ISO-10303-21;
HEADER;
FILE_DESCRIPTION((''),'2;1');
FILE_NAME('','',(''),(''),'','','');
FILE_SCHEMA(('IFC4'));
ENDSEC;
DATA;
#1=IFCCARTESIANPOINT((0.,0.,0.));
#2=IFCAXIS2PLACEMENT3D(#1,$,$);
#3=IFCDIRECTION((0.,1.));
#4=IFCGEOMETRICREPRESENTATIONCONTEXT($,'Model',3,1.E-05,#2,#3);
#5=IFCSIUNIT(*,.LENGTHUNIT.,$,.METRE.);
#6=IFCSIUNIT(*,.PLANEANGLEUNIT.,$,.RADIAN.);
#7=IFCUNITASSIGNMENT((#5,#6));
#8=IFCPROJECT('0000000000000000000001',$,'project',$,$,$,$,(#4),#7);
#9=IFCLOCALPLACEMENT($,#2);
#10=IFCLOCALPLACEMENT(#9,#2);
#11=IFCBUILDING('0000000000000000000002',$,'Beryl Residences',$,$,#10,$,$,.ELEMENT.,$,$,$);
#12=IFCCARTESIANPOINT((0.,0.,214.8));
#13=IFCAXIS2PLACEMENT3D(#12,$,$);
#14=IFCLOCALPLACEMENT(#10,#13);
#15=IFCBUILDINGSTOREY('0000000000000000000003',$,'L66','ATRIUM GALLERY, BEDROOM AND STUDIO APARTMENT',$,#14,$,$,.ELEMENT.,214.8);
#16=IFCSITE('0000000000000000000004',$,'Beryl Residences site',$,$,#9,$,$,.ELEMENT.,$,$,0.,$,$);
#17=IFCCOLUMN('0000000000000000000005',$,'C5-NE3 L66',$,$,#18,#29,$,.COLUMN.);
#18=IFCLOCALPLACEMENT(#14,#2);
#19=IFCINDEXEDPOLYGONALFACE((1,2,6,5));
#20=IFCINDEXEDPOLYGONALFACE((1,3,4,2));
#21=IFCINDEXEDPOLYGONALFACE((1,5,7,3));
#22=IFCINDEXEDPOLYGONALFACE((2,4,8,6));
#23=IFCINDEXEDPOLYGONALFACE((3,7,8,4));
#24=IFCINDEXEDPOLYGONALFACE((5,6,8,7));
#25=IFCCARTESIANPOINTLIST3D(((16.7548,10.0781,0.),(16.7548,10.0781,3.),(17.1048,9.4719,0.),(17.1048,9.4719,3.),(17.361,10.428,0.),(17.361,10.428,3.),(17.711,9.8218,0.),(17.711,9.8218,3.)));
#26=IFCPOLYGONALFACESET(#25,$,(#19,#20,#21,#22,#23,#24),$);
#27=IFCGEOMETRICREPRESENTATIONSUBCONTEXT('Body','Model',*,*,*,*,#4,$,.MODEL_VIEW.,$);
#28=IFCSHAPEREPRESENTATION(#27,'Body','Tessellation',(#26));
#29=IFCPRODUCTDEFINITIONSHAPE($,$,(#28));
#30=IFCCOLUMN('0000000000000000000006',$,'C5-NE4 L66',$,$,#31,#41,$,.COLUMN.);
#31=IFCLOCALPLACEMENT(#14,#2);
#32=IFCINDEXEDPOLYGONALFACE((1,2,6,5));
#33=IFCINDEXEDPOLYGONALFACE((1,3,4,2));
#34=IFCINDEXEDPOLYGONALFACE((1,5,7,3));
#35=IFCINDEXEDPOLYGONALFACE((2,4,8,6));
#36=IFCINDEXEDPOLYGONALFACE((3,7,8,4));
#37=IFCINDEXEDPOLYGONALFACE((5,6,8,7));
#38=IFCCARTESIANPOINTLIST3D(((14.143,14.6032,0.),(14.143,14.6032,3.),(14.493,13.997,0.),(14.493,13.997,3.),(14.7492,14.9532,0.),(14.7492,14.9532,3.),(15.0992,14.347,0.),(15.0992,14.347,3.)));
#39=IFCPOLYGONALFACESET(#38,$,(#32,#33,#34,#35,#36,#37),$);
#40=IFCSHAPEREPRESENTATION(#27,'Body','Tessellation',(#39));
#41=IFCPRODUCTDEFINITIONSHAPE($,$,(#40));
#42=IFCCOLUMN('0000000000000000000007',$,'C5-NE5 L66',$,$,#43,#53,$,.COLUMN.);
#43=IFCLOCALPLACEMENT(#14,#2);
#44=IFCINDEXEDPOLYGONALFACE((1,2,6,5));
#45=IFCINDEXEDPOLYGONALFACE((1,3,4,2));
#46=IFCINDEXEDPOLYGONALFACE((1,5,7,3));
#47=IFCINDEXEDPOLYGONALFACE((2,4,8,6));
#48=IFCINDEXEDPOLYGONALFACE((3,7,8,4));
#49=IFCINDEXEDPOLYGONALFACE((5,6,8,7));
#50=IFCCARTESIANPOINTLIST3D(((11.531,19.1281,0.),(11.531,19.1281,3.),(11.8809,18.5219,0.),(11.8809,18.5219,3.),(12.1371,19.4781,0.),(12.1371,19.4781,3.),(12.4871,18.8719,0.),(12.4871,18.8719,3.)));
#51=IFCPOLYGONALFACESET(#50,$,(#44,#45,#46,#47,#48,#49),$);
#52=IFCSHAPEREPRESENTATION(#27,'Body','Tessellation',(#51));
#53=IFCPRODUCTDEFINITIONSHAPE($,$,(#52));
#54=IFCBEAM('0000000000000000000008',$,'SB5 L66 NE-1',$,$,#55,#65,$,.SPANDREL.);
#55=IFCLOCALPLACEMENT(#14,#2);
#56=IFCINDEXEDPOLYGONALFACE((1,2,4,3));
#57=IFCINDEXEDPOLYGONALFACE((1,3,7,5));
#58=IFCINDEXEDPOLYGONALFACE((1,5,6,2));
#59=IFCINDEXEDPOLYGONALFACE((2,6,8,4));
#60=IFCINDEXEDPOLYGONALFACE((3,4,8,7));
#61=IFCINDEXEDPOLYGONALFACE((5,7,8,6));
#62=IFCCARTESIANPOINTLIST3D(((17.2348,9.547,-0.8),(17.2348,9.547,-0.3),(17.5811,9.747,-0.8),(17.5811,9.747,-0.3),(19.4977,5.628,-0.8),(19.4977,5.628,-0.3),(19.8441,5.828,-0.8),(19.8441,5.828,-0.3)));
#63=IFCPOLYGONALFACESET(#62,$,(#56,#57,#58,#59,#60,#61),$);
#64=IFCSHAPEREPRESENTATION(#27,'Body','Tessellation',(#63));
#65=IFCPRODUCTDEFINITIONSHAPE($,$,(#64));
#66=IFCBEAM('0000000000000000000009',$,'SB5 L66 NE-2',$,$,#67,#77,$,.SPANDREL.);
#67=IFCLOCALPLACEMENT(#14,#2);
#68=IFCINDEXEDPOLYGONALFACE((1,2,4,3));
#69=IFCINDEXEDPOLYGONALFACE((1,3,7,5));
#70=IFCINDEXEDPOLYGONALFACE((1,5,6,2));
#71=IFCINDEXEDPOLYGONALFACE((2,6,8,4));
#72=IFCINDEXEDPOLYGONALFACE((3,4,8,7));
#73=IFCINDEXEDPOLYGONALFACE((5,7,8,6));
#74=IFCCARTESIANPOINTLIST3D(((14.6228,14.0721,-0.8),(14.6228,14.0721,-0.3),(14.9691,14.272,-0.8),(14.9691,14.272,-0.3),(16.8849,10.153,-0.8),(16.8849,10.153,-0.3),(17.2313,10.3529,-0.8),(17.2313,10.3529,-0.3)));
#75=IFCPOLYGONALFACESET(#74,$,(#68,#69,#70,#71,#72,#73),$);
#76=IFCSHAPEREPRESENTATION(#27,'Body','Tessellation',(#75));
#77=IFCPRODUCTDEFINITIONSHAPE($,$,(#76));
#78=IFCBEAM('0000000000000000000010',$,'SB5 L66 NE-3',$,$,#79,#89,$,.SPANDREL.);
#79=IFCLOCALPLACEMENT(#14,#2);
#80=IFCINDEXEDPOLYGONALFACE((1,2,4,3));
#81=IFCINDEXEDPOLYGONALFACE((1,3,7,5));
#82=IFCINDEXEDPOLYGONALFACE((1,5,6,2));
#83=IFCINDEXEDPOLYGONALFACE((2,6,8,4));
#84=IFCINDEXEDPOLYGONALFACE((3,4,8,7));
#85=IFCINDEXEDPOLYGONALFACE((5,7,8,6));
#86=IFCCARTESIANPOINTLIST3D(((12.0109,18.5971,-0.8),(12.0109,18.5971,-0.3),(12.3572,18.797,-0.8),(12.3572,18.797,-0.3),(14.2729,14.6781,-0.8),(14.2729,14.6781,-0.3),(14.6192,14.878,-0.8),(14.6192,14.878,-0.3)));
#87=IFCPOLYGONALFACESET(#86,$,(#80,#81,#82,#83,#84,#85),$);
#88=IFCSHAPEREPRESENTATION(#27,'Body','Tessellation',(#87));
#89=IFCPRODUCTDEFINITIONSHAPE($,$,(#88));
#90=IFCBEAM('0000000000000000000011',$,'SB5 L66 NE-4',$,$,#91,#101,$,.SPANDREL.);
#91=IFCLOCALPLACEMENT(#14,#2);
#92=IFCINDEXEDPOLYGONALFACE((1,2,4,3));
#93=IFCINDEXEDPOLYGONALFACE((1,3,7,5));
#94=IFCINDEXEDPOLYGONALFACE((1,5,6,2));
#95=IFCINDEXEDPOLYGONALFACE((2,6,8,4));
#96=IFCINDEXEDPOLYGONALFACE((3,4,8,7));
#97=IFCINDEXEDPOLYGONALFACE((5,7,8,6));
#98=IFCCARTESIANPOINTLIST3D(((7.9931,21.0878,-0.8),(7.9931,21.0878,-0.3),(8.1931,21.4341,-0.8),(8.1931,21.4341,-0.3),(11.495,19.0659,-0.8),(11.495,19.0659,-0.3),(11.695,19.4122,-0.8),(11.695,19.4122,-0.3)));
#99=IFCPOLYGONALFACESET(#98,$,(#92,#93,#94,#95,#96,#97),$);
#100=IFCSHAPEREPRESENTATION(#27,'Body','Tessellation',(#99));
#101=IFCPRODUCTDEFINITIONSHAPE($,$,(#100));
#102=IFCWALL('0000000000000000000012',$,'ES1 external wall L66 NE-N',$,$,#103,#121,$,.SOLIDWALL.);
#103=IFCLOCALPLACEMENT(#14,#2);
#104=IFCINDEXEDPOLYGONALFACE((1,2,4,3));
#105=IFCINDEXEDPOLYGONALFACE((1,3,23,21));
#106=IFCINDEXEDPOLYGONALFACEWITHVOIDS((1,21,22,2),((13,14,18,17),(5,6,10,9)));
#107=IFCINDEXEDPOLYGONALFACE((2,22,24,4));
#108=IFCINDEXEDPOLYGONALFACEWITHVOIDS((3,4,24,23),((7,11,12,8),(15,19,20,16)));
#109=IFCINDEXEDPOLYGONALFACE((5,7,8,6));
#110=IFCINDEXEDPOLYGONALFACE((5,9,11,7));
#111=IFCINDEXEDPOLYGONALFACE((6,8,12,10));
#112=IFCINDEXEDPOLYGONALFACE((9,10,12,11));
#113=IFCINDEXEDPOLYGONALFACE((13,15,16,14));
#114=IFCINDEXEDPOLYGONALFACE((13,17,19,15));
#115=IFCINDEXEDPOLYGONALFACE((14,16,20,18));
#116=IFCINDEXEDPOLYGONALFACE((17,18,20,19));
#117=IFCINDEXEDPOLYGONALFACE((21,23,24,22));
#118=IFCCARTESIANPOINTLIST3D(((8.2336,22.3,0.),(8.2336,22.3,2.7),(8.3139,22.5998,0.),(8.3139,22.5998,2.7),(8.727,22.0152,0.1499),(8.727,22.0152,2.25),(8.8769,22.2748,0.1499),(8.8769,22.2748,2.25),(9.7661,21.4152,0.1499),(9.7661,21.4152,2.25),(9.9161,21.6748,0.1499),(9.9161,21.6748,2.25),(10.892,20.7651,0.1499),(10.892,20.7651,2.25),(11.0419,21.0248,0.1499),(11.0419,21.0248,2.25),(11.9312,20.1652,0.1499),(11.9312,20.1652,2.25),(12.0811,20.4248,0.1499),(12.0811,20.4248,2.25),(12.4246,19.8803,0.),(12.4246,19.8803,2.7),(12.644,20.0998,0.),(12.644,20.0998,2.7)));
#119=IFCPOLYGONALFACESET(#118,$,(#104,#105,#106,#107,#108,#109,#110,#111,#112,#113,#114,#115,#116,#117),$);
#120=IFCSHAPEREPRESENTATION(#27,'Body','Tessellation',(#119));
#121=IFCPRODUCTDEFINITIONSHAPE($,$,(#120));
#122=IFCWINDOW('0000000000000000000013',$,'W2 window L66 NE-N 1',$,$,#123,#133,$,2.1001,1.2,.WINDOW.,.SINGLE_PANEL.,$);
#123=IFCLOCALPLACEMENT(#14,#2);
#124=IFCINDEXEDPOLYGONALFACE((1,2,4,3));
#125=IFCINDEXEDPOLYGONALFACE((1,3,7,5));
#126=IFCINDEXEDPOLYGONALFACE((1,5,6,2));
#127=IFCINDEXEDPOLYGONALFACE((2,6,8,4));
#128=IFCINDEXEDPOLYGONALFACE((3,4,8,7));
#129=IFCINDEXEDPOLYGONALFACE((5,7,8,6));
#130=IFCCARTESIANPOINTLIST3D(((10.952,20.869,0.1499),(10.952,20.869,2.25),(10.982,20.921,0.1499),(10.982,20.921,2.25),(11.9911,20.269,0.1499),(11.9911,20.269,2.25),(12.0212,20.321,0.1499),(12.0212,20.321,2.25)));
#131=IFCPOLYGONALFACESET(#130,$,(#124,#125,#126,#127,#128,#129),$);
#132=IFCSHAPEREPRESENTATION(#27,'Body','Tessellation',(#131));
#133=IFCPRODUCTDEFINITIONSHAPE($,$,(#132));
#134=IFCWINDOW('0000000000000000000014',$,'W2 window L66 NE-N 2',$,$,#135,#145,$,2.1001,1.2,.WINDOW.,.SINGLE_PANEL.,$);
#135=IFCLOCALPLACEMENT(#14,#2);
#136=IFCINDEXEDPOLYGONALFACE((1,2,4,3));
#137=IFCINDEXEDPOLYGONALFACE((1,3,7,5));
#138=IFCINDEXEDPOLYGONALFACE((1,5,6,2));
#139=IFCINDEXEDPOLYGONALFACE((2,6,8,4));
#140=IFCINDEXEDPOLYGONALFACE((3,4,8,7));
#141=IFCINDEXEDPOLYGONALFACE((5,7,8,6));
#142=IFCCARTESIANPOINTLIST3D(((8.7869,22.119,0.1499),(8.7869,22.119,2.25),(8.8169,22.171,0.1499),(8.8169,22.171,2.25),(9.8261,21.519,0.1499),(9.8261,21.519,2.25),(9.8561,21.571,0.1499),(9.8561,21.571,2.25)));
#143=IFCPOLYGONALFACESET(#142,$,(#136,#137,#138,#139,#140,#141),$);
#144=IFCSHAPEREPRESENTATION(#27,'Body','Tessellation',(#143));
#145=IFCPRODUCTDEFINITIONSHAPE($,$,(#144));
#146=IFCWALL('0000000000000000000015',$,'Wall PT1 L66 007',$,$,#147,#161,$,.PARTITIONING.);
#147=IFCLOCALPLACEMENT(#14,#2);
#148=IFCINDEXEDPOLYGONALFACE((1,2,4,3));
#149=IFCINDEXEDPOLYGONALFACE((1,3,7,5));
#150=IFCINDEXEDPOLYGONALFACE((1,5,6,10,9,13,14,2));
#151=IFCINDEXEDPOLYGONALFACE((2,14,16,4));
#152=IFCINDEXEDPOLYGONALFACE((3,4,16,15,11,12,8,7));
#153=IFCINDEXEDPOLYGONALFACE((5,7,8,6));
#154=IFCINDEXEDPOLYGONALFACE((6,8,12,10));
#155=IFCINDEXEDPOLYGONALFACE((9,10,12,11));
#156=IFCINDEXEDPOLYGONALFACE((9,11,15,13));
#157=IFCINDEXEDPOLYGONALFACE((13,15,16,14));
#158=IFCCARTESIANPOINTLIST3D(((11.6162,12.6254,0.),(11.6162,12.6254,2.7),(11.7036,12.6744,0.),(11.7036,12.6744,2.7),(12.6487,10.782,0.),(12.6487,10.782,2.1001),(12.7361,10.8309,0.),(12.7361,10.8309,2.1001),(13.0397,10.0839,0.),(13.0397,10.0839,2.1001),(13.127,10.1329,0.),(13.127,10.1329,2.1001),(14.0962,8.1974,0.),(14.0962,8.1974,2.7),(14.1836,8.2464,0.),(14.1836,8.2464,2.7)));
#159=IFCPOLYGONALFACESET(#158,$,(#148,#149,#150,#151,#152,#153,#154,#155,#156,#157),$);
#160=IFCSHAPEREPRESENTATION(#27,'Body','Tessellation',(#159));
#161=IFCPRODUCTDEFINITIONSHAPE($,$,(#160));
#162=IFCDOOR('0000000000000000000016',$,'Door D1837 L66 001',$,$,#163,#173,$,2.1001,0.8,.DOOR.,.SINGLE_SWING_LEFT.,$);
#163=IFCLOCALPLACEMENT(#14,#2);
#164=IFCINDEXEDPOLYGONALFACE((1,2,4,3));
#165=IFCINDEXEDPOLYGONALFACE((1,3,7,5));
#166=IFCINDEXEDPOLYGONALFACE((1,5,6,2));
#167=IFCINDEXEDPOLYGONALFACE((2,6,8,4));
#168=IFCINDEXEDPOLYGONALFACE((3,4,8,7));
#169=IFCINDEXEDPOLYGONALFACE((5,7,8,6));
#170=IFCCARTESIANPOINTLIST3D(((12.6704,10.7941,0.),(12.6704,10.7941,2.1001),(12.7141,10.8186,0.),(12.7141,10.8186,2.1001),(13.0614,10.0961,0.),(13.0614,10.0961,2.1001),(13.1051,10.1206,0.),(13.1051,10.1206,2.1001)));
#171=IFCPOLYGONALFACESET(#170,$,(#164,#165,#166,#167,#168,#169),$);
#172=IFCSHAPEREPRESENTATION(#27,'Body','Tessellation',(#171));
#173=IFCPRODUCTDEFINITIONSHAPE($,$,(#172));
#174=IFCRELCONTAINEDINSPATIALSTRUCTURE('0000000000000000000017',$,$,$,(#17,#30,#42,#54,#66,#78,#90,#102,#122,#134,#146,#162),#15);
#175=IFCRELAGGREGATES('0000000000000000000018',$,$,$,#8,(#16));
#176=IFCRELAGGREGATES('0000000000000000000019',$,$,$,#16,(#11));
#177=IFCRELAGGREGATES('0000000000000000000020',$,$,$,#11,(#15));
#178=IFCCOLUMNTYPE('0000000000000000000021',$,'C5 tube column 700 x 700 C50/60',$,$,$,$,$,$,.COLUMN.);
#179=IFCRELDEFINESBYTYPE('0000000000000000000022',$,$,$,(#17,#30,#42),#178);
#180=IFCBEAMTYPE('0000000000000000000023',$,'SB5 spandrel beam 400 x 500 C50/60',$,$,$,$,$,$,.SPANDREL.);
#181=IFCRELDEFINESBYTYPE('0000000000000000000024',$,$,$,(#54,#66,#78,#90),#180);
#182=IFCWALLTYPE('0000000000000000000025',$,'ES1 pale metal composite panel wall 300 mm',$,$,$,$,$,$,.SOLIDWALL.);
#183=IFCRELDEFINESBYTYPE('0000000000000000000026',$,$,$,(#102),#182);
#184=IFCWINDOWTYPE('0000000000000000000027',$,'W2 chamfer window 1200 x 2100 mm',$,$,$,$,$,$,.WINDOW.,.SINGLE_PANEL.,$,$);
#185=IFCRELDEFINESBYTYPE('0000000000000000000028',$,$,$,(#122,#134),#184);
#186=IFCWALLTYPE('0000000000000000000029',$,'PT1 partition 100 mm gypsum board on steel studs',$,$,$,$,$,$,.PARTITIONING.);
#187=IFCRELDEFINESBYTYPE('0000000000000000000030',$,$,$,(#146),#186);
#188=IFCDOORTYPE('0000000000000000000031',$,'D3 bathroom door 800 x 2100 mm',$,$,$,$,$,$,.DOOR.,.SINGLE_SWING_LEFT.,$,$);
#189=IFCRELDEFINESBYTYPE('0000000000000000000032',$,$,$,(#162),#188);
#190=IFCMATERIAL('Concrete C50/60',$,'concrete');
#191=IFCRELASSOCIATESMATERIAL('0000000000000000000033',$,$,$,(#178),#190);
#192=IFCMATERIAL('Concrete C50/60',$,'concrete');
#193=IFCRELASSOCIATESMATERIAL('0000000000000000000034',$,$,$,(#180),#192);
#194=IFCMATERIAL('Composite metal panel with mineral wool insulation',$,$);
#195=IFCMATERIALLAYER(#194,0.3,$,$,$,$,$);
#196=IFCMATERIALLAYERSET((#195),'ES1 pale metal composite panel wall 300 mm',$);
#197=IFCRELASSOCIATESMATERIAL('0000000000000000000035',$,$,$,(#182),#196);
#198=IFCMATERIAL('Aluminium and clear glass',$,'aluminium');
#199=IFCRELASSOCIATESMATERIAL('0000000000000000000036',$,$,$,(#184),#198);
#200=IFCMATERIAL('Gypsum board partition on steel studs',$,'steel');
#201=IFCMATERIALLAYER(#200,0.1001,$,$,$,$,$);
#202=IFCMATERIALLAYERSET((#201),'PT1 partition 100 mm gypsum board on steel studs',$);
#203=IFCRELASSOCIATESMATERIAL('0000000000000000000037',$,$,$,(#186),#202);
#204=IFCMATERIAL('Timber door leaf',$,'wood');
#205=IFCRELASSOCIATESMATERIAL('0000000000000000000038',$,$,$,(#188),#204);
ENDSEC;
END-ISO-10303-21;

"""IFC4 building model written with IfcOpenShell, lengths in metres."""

from ifc_helpers import new_model, si_unit, direction, frame, frame_2d, origin, origin_2d, place, context, subcontext, project, spatial, polyline, rectangle, outline, extrude, material, layer, layer_set, material_profile, profile_set, type_object, element, fill, save


model = new_model("IFC4")

# Units and contexts
model_context = context("Model", 3, precision=1e-05, world=origin(), true_north=direction((0.0, 1.0)))
body_context = subcontext(model_context, "Body", "Model", "MODEL_VIEW")
ifc_project = project(units=[si_unit("LENGTHUNIT", "METRE"), si_unit("PLANEANGLEUNIT", "RADIAN")], contexts=[model_context])

# Site, building, storey
site_placement = place(None, origin())
site = spatial("IfcSite", under=ifc_project, at=site_placement, Name="Beryl Residences site", CompositionType="ELEMENT", RefElevation=0.0)
building_placement = place(site_placement, origin())
building = spatial("IfcBuilding", under=site, at=building_placement, Name="Beryl Residences", CompositionType="ELEMENT")
storey_placement = place(building_placement, frame((0.0, 0.0, 214.8)))
storey = spatial("IfcBuildingStorey", under=building, at=storey_placement, Name="L66", Description="ATRIUM GALLERY, BEDROOM AND STUDIO APARTMENT", CompositionType="ELEMENT", Elevation=214.8)

# Columns
ifc_material_1 = material(Name="Concrete C50/60", Category="concrete")
ifc_material_profile_1 = material_profile(ifc_material_1, rectangle(XDim=0.7, YDim=0.7, at=origin_2d()))
ifc_profile_set_1 = profile_set([ifc_material_profile_1], Name="Concrete C50/60")
column_type = type_object("IfcColumnType", Name="C5 tube column 700 x 700 C50/60", PredefinedType="COLUMN", material=ifc_profile_set_1)
for number, where, z_axis, x_axis, name in (
    (1, (17.2329, 9.95, 0.0), (0.0, 0.0, 1.0), (-0.49997, 0.866043, 0.0), "C5-NE3 L66"),
    (2, (14.6211, 14.4751, 0.0), (0.0, 0.0, 1.0), (-0.49997, 0.866043, 0.0), "C5-NE4 L66"),
    (3, (12.009, 19.0, 0.0), (0.0, 0.0, 1.0), (-0.49997, 0.866043, 0.0), "C5-NE5 L66"),
):
    element("IfcColumn", number, at=place(storey_placement, frame(where, z_axis=z_axis, x_axis=x_axis)), inside=storey, type_object=column_type, Name=name, PredefinedType="COLUMN", context=body_context, shape_type="SweptSolid", body=[
        extrude(rectangle(XDim=0.7, YDim=0.7, at=origin_2d()), origin(), (0.0, 0.0, 1.0), 3.0),
    ])

# Beams
ifc_material_2 = material(Name="Concrete C50/60", Category="concrete")
ifc_material_profile_2 = material_profile(ifc_material_2, rectangle(XDim=0.3999, YDim=0.5, at=origin_2d()))
ifc_profile_set_2 = profile_set([ifc_material_profile_2], Name="Concrete C50/60")
beam_type = type_object("IfcBeamType", Name="SB5 spandrel beam 400 x 500 C50/60", PredefinedType="SPANDREL", material=ifc_profile_set_2)
beam_1_placement = place(storey_placement, frame((19.6709, 5.728, -0.55), z_axis=(-0.500056, 0.865993, 0.0), x_axis=(-0.865993, -0.500056, 0.0)))
element("IfcBeam", 4, at=beam_1_placement, inside=storey, type_object=beam_type, Name="SB5 L66 NE-1", PredefinedType="SPANDREL", context=body_context, shape_type="SweptSolid", body=[
    extrude(rectangle(XDim=0.3999, YDim=0.5, at=origin_2d()), origin(), (0.0, 0.0, 1.0), 4.5254),
])
beam_2_placement = place(storey_placement, frame((17.0581, 10.2529, -0.55), z_axis=(-0.499911, 0.866077, 0.0), x_axis=(-0.866077, -0.499911, 0.0)))
element("IfcBeam", 5, at=beam_2_placement, inside=storey, type_object=beam_type, Name="SB5 L66 NE-2", PredefinedType="SPANDREL", context=body_context, shape_type="SweptSolid", body=[
    extrude(rectangle(XDim=0.3999, YDim=0.5, at=origin_2d()), origin(), (0.0, 0.0, 1.0), 4.5251),
])
beam_3_placement = place(storey_placement, frame((14.446, 14.7781, -0.55), z_axis=(-0.499894, 0.866087, 0.0), x_axis=(-0.866087, -0.499894, 0.0)))
element("IfcBeam", 6, at=beam_3_placement, inside=storey, type_object=beam_type, Name="SB5 L66 NE-3", PredefinedType="SPANDREL", context=body_context, shape_type="SweptSolid", body=[
    extrude(rectangle(XDim=0.3999, YDim=0.5, at=origin_2d()), origin(), (0.0, 0.0, 1.0), 4.5249),
])
beam_4_placement = place(storey_placement, frame((11.595, 19.239, -0.55), z_axis=(-0.866013, 0.500022, 0.0), x_axis=(-0.500022, -0.866013, 0.0)))
element("IfcBeam", 7, at=beam_4_placement, inside=storey, type_object=beam_type, Name="SB5 L66 NE-4", PredefinedType="SPANDREL", context=body_context, shape_type="SweptSolid", body=[
    extrude(rectangle(XDim=0.3999, YDim=0.5, at=origin_2d()), origin(), (0.0, 0.0, 1.0), 4.0437),
])

# Wall, openings, windows
ifc_material_3 = material(Name="Composite metal panel with mineral wool insulation")
ifc_layer_1 = layer(ifc_material_3, 0.3)
ifc_layer_set_1 = layer_set([ifc_layer_1], Name="ES1 pale metal composite panel wall 300 mm")
wall_type_1 = type_object("IfcWallType", Name="ES1 pale metal composite panel wall 300 mm", PredefinedType="SOLIDWALL", material=ifc_layer_set_1)
wall_1_placement = place(storey_placement, frame((12.5691, 19.97, 0.0), z_axis=(0.0, 0.0, 1.0), x_axis=(-0.866023, 0.500004, 0.0)))
wall_1 = element("IfcWall", 8, at=wall_1_placement, inside=storey, type_object=wall_type_1, Name="ES1 external wall L66 NE-N", PredefinedType="SOLIDWALL", context=body_context, shape_type="SweptSolid", body=[
    extrude(outline(polyline([(0.0, -0.1499), (5.0, -0.1499), (4.9197, 0.1499), (0.0803, 0.1499), (0.0, -0.1499)])), origin(), (0.0, 0.0, 1.0), 2.7),
])
opening_1_placement = place(wall_1_placement, frame((0.6499, 0.0, 0.1499)))
opening_1 = element("IfcOpeningElement", 9, at=opening_1_placement, cuts=wall_1, PredefinedType="OPENING", context=body_context, shape_type="SweptSolid", body=[
    extrude(rectangle(XDim=1.2, YDim=2.1001, at=frame_2d((0.6001, 1.05))), frame((0.0, 0.1599, 0.0), z_axis=(0.0, -1.0, 0.0), x_axis=(1.0, 0.0, 0.0)), (0.0, 0.0, 1.0), 0.3201),
])
opening_2_placement = place(wall_1_placement, frame((3.1499, 0.0, 0.1499)))
opening_2 = element("IfcOpeningElement", 10, at=opening_2_placement, cuts=wall_1, PredefinedType="OPENING", context=body_context, shape_type="SweptSolid", body=[
    extrude(rectangle(XDim=1.2, YDim=2.1001, at=frame_2d((0.6001, 1.05))), frame((0.0, 0.1599, 0.0), z_axis=(0.0, -1.0, 0.0), x_axis=(1.0, 0.0, 0.0)), (0.0, 0.0, 1.0), 0.3201),
])
ifc_material_4 = material(Name="Aluminium and clear glass", Category="aluminium")
window_type = type_object("IfcWindowType", Name="W2 chamfer window 1200 x 2100 mm", PartitioningType="SINGLE_PANEL", PredefinedType="WINDOW", material=ifc_material_4)
window_1_placement = place(opening_1_placement, origin())
window_1 = element("IfcWindow", 11, at=window_1_placement, inside=storey, type_object=window_type, Name="W2 window L66 NE-N 1", OverallHeight=2.1001, OverallWidth=1.2, PartitioningType="SINGLE_PANEL", PredefinedType="WINDOW", context=body_context, shape_type="SweptSolid", body=[
    extrude(rectangle(XDim=1.2, YDim=2.1001, at=frame_2d((0.6001, 1.05))), frame((0.0, 0.03, 0.0), z_axis=(0.0, -1.0, 0.0), x_axis=(1.0, 0.0, 0.0)), (0.0, 0.0, 1.0), 0.0601),
])
fill(opening_1, window_1)
window_2_placement = place(opening_2_placement, origin())
window_2 = element("IfcWindow", 12, at=window_2_placement, inside=storey, type_object=window_type, Name="W2 window L66 NE-N 2", OverallHeight=2.1001, OverallWidth=1.2, PartitioningType="SINGLE_PANEL", PredefinedType="WINDOW", context=body_context, shape_type="SweptSolid", body=[
    extrude(rectangle(XDim=1.2, YDim=2.1001, at=frame_2d((0.6001, 1.05))), frame((0.0, 0.03, 0.0), z_axis=(0.0, -1.0, 0.0), x_axis=(1.0, 0.0, 0.0)), (0.0, 0.0, 1.0), 0.0601),
])
fill(opening_2, window_2)

# Wall, opening, door
ifc_material_5 = material(Name="Gypsum board partition on steel studs", Category="steel")
ifc_layer_2 = layer(ifc_material_5, 0.1001)
ifc_layer_set_2 = layer_set([ifc_layer_2], Name="PT1 partition 100 mm gypsum board on steel studs")
wall_type_2 = type_object("IfcWallType", Name="PT1 partition 100 mm gypsum board on steel studs", PredefinedType="PARTITIONING", material=ifc_layer_set_2)
wall_2_placement = place(storey_placement, frame((11.6599, 12.6499, 0.0), z_axis=(0.0, 0.0, 1.0), x_axis=(0.48865, -0.87248, 0.0)))
wall_2 = element("IfcWall", 13, at=wall_2_placement, inside=storey, type_object=wall_type_2, Name="Wall PT1 L66 007", PredefinedType="PARTITIONING", context=body_context, shape_type="SweptSolid", body=[
    extrude(rectangle(XDim=5.0752, YDim=0.1001, at=frame_2d((2.5376, 0.0))), origin(), (0.0, 0.0, 1.0), 2.7),
])
opening_3_placement = place(wall_2_placement, frame((2.113, 0.0, 0.0)))
opening_3 = element("IfcOpeningElement", 14, at=opening_3_placement, cuts=wall_2, PredefinedType="OPENING", context=body_context, shape_type="SweptSolid", body=[
    extrude(rectangle(XDim=0.8, YDim=2.1001, at=frame_2d((0.3999, 1.05))), frame((0.0, 0.0601, 0.0), z_axis=(0.0, -1.0, 0.0), x_axis=(1.0, 0.0, 0.0)), (0.0, 0.0, 1.0), 0.1201),
])
ifc_material_6 = material(Name="Timber door leaf", Category="wood")
door_type = type_object("IfcDoorType", Name="D3 bathroom door 800 x 2100 mm", OperationType="SINGLE_SWING_LEFT", PredefinedType="DOOR", material=ifc_material_6)
door_placement = place(opening_3_placement, origin())
door = element("IfcDoor", 15, at=door_placement, inside=storey, type_object=door_type, Name="Door D1837 L66 001", OperationType="SINGLE_SWING_LEFT", OverallHeight=2.1001, OverallWidth=0.8, PredefinedType="DOOR", context=body_context, shape_type="SweptSolid", body=[
    extrude(rectangle(XDim=0.8, YDim=2.1001, at=frame_2d((0.3999, 1.05))), frame((0.0, 0.0249, 0.0), z_axis=(0.0, -1.0, 0.0), x_axis=(1.0, 0.0, 0.0)), (0.0, 0.0, 1.0), 0.05),
])
fill(opening_3, door)

save(model, "model.ifc")
